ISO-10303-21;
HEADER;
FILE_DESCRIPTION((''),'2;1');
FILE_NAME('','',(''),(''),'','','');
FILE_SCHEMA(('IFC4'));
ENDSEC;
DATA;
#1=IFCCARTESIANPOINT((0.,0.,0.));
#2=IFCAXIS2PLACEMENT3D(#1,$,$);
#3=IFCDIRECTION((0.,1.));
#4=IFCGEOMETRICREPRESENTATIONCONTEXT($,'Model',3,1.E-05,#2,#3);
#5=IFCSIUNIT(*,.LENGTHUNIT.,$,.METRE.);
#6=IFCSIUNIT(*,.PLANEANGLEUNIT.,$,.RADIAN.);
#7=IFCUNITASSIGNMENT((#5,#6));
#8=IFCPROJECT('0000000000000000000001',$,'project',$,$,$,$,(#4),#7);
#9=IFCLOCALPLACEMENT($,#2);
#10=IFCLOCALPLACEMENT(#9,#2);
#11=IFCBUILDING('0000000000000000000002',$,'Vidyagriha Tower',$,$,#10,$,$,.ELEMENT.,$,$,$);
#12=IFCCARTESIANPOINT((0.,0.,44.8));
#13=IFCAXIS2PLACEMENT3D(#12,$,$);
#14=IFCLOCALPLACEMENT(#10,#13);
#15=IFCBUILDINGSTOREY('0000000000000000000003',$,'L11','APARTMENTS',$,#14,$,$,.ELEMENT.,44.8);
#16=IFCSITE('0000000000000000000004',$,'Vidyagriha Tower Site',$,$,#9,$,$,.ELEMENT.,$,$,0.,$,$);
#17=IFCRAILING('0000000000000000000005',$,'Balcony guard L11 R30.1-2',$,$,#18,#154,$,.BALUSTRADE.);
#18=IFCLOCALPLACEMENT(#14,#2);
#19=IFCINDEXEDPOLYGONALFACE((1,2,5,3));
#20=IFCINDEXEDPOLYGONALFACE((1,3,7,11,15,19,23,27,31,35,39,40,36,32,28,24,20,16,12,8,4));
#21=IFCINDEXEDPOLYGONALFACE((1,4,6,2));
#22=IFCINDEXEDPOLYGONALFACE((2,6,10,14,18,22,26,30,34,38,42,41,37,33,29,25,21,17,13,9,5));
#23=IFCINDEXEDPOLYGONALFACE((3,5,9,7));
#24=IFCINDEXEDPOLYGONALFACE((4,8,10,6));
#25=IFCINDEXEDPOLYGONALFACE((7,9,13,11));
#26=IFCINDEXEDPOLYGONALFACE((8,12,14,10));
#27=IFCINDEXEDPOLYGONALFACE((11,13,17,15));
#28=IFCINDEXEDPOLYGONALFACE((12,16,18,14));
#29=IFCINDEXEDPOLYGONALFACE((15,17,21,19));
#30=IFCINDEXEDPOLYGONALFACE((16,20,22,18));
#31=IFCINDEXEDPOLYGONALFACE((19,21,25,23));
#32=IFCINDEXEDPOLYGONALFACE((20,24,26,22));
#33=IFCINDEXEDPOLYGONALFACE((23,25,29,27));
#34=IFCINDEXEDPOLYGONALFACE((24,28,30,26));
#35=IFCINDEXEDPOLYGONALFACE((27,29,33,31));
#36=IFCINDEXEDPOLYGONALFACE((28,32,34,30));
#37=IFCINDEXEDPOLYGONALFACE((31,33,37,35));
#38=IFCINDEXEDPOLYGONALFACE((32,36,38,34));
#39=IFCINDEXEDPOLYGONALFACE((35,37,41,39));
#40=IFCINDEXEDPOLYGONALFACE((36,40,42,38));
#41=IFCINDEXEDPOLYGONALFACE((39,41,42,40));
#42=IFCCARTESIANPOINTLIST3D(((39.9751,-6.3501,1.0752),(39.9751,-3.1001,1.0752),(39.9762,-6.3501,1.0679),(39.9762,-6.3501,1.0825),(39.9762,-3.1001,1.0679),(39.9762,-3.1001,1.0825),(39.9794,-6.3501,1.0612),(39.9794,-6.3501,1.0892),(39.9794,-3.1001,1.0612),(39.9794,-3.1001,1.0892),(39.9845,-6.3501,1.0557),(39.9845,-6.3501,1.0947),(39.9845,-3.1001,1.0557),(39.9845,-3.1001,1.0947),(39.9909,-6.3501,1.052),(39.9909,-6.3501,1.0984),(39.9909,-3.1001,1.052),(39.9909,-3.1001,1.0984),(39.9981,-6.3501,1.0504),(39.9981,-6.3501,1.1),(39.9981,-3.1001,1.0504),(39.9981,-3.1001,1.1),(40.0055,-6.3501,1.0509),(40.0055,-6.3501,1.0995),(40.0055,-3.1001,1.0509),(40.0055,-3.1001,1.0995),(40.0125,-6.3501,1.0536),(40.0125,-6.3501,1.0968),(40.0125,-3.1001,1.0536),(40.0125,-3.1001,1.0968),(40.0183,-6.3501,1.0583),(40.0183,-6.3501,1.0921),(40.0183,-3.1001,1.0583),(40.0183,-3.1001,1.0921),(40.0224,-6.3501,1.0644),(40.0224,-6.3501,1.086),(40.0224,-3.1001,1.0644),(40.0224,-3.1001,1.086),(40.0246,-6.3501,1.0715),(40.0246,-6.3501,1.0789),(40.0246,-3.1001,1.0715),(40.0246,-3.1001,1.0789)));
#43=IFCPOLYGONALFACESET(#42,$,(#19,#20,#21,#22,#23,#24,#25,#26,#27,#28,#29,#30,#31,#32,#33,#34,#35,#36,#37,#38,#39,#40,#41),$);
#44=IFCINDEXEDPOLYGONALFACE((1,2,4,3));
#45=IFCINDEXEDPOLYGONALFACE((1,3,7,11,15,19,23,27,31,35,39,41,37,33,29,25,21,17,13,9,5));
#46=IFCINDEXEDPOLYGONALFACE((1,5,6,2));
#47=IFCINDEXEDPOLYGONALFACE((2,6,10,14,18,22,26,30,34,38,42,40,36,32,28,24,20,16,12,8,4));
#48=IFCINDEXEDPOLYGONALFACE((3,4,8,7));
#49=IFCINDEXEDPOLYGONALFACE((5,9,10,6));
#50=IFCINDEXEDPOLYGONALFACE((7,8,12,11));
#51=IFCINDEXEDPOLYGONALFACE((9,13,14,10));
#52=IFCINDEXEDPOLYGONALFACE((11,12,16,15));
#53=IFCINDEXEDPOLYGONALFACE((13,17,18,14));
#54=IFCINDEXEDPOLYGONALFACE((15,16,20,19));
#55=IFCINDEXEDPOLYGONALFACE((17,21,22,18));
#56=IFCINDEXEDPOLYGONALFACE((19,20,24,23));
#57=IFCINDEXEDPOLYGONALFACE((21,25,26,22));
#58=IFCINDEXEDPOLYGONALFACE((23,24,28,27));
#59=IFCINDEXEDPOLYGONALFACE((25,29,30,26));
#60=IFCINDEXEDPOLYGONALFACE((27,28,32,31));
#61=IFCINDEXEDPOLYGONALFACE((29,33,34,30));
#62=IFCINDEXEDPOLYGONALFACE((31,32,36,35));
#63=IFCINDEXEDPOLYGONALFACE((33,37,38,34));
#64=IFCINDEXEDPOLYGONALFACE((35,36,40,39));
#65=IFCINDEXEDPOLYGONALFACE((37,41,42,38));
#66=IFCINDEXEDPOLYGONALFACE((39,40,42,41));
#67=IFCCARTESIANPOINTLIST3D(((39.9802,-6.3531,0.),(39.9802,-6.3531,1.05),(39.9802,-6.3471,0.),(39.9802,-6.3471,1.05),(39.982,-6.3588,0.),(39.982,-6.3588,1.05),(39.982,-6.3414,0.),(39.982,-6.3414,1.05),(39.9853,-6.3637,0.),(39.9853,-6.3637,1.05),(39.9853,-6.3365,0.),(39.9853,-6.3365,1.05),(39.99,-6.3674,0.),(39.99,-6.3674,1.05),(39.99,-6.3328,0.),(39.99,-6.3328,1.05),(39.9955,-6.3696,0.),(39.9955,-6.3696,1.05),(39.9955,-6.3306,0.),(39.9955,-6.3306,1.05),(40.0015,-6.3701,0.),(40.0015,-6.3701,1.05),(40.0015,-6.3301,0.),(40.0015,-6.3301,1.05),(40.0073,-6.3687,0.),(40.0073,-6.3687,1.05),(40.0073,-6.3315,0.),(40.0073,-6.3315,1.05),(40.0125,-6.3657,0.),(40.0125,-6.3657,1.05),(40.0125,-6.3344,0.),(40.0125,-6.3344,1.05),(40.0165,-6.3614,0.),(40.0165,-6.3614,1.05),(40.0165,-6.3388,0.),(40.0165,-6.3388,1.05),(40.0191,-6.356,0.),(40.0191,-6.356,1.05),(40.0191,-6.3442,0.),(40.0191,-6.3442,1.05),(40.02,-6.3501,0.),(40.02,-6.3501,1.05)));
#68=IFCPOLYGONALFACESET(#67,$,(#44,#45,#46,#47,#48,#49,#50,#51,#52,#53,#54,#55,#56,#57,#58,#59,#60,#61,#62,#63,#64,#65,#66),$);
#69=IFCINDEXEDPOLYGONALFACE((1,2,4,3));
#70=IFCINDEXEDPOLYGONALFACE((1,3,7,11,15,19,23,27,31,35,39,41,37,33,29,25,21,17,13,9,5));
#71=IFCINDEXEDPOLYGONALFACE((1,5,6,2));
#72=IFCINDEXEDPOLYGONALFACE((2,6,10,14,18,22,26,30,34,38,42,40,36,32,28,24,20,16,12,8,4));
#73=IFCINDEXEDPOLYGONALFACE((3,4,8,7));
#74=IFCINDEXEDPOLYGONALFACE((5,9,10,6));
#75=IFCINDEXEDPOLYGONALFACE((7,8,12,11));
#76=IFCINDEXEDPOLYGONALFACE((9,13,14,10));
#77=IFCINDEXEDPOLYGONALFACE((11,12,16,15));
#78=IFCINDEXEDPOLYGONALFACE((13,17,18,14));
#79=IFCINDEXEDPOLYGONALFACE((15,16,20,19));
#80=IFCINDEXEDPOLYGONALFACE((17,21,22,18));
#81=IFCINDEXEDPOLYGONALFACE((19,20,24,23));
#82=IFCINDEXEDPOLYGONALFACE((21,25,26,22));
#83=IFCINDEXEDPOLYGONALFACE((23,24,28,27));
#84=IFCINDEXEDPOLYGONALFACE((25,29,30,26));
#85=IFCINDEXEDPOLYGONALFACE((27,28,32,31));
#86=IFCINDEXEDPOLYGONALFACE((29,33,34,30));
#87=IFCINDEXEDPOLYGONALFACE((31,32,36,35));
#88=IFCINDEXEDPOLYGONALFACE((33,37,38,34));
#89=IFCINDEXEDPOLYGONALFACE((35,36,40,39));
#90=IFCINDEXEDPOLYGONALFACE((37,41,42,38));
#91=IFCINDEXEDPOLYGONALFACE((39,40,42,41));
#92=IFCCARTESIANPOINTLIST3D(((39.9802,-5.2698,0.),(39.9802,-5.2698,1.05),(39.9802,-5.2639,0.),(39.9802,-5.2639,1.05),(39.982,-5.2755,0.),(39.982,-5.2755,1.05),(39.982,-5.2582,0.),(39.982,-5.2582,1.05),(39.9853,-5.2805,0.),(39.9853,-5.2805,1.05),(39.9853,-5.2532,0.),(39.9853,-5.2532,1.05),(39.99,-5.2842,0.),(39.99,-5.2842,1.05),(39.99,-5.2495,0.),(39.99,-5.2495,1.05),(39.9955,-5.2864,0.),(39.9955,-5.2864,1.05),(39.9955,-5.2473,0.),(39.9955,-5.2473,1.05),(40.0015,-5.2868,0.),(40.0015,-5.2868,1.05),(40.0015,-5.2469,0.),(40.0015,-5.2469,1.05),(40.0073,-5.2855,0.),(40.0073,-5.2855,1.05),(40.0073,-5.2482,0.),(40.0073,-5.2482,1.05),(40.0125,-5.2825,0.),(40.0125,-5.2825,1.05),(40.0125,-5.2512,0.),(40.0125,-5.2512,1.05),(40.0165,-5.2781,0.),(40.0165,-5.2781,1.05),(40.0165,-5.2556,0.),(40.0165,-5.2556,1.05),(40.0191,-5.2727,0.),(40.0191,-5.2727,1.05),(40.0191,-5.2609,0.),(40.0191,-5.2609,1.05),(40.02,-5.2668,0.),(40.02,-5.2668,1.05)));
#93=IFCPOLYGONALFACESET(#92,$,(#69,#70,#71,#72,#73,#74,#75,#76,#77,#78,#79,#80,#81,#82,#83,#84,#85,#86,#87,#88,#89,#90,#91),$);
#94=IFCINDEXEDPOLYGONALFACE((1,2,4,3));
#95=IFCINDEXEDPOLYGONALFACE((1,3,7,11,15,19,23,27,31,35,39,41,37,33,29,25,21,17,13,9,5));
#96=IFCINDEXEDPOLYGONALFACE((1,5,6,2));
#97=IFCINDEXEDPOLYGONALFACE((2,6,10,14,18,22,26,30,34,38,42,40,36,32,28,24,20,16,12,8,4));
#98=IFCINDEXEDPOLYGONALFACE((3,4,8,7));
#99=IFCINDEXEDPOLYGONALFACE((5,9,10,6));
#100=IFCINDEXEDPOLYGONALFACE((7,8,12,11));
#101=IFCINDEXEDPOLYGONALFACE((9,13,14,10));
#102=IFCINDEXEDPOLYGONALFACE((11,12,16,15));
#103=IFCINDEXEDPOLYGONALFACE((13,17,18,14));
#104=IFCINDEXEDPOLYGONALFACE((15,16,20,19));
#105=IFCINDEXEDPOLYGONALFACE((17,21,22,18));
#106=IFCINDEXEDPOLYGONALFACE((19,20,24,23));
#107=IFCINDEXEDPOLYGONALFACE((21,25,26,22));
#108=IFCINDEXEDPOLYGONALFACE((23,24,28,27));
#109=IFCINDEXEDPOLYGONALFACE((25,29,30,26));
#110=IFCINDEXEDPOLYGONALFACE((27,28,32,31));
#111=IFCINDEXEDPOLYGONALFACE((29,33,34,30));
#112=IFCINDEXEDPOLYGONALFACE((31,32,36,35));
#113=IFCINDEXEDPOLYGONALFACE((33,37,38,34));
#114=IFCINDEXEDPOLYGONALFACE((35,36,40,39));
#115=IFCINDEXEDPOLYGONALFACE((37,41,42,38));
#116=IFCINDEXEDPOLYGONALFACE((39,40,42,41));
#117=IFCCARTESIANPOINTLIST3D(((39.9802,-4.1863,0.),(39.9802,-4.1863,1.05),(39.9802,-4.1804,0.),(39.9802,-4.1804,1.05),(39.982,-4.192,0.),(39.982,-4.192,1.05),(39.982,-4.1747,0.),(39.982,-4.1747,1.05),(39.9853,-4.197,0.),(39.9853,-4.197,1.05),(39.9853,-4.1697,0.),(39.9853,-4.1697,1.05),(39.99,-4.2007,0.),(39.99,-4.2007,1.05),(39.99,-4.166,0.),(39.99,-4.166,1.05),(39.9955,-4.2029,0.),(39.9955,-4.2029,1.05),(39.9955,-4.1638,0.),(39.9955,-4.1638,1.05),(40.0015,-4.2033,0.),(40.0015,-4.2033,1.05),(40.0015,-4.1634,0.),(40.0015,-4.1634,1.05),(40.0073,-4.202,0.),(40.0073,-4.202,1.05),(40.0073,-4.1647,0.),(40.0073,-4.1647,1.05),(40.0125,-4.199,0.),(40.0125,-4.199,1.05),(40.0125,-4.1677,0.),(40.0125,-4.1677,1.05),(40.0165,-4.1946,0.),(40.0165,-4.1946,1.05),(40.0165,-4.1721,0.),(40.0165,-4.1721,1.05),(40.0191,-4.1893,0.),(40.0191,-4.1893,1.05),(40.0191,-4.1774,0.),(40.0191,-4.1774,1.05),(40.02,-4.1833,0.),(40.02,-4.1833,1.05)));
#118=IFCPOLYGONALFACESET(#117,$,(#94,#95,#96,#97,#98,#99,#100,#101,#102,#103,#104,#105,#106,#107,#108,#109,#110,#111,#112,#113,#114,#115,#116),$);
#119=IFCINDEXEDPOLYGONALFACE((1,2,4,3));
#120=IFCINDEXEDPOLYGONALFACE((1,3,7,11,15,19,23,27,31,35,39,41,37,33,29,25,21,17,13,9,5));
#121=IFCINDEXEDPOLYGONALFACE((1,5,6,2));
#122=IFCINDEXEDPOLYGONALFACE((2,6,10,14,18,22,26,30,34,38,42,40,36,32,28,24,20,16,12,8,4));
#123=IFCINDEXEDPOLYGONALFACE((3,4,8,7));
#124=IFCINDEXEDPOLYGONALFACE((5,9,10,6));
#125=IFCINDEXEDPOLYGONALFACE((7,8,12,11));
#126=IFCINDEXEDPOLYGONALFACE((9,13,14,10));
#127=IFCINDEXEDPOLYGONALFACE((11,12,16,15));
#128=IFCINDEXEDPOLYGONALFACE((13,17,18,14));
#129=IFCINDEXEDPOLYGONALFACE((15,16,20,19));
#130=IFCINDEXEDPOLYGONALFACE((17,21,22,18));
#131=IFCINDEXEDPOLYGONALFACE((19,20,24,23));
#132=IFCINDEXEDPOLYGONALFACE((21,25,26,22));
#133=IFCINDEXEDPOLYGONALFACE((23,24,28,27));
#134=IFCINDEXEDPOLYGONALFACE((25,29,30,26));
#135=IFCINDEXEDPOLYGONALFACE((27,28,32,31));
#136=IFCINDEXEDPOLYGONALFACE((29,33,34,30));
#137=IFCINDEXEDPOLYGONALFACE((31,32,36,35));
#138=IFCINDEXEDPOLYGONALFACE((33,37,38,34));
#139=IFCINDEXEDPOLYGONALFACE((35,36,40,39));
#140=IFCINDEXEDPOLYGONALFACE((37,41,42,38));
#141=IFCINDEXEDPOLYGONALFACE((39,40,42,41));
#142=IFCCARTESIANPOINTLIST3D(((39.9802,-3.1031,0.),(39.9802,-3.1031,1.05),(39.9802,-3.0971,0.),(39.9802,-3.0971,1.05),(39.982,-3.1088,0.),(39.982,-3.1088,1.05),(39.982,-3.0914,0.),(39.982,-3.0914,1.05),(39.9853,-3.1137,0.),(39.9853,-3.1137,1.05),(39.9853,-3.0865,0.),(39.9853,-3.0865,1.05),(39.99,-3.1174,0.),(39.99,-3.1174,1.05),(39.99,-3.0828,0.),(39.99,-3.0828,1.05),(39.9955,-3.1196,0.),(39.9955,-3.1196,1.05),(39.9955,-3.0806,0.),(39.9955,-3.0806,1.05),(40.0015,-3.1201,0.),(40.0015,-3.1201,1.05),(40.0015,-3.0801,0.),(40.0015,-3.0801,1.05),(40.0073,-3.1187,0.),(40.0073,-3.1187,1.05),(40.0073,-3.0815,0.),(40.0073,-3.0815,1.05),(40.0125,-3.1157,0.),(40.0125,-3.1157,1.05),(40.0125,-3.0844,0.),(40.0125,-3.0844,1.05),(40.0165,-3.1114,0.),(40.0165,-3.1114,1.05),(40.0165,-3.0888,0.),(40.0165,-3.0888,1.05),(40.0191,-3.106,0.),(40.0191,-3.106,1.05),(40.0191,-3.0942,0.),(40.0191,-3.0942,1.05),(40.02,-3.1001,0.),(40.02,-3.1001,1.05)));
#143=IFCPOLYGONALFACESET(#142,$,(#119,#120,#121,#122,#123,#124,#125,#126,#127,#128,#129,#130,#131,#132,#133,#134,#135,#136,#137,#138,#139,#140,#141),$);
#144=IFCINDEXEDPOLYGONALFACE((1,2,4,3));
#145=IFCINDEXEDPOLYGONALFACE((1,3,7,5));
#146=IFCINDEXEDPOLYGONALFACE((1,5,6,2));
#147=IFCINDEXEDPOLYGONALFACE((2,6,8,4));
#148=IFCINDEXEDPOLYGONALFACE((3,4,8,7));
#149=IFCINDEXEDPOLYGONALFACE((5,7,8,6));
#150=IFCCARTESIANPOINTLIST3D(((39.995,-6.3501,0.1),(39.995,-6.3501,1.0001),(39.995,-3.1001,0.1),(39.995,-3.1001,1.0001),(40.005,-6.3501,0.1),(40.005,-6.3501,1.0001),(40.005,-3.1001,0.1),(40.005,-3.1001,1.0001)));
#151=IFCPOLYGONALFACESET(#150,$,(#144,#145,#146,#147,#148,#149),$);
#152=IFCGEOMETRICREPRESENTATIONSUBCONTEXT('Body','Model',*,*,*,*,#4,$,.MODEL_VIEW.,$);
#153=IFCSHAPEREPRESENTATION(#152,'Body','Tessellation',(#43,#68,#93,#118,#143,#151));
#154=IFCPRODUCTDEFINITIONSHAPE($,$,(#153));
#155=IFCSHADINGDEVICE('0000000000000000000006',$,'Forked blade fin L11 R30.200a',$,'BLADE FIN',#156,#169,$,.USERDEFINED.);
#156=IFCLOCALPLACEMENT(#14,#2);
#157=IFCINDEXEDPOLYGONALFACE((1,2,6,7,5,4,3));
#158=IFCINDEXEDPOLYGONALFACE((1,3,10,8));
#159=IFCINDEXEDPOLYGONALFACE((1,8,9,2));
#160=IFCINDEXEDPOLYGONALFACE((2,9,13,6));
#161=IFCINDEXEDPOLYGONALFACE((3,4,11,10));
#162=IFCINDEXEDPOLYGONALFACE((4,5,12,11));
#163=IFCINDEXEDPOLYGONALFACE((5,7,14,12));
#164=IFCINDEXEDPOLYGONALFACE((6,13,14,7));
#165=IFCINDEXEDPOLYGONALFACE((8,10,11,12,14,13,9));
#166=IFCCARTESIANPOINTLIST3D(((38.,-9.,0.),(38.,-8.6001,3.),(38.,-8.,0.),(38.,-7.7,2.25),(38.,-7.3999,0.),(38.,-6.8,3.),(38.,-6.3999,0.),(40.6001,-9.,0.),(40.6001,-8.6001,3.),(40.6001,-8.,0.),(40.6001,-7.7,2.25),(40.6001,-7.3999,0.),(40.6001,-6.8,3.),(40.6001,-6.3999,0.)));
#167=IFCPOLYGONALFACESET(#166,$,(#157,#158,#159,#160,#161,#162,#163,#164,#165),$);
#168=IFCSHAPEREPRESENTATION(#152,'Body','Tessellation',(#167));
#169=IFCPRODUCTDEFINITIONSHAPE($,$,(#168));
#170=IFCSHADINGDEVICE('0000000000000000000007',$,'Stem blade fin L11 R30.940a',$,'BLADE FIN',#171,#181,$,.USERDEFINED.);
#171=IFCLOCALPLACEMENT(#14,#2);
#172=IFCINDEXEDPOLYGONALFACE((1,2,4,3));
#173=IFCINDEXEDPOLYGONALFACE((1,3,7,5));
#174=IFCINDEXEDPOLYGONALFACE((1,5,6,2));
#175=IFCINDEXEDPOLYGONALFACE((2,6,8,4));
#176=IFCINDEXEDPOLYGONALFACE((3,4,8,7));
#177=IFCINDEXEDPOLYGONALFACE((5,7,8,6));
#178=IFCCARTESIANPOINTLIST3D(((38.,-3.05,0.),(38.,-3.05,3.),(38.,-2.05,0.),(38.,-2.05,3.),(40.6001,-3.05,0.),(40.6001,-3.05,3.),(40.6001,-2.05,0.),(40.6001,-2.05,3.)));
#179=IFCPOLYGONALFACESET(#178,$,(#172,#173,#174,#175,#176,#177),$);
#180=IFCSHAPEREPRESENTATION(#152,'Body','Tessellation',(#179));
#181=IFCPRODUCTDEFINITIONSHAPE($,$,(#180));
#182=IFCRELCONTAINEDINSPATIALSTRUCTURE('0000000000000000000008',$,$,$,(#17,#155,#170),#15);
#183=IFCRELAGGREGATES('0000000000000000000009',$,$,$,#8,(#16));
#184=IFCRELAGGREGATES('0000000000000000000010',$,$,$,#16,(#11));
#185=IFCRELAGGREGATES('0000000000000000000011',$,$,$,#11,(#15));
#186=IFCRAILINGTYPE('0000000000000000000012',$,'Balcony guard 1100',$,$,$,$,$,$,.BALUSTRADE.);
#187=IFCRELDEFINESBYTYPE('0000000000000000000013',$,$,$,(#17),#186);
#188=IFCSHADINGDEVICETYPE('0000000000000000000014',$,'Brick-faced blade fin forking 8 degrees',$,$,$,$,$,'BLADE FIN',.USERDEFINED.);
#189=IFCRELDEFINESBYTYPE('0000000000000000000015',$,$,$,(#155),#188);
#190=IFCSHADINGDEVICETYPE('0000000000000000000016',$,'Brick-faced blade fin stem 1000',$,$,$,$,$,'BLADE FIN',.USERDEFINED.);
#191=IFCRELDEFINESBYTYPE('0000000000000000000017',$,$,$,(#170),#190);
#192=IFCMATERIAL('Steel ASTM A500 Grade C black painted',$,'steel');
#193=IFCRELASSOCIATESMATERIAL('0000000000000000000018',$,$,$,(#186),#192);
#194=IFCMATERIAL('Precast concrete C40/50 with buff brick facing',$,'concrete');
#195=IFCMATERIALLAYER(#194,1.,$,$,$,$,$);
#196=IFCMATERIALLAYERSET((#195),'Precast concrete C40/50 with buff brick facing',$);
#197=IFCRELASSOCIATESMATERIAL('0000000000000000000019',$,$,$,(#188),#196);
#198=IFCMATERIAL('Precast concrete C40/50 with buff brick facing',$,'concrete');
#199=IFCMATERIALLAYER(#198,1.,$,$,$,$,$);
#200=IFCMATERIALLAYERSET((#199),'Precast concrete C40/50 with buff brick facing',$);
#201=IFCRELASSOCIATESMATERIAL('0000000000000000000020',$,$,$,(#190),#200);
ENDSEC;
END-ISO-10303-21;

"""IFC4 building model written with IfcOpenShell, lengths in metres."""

from ifc_helpers import new_model, si_unit, direction, frame, origin, origin_2d, place, context, subcontext, project, spatial, polyline, rectangle, circle, outline, extrude, material, layer, layer_set, type_object, element, save


model = new_model("IFC4")

# Units and contexts
model_context = context("Model", 3, precision=1e-05, world=origin(), true_north=direction((0.0, 1.0)))
body_context = subcontext(model_context, "Body", "Model", "MODEL_VIEW")
ifc_project = project(units=[si_unit("LENGTHUNIT", "METRE"), si_unit("PLANEANGLEUNIT", "RADIAN")], contexts=[model_context])

# Site, building, storey
site_placement = place(None, origin())
site = spatial("IfcSite", under=ifc_project, at=site_placement, Name="Vidyagriha Tower Site", CompositionType="ELEMENT", RefElevation=0.0)
building_placement = place(site_placement, origin())
building = spatial("IfcBuilding", under=site, at=building_placement, Name="Vidyagriha Tower", CompositionType="ELEMENT")
storey_placement = place(building_placement, frame((0.0, 0.0, 44.8)))
storey = spatial("IfcBuildingStorey", under=building, at=storey_placement, Name="L11", Description="APARTMENTS", CompositionType="ELEMENT", Elevation=44.8)

# Railing
ifc_material_1 = material(Name="Steel ASTM A500 Grade C black painted", Category="steel")
railing_type = type_object("IfcRailingType", Name="Balcony guard 1100", PredefinedType="BALUSTRADE", material=ifc_material_1)
railing_1_placement = place(storey_placement, frame((40.0, -6.3501, 0.0)))
element("IfcRailing", 1, at=railing_1_placement, inside=storey, type_object=railing_type, Name="Balcony guard L11 R30.1-2", PredefinedType="BALUSTRADE", context=body_context, shape_type="SweptSolid", body=[
    extrude(circle(Radius=0.0249, at=origin_2d()), frame((0.0, 0.0, 1.0752), z_axis=(0.0, 1.0, 0.0), x_axis=(-1.0, 0.0, 0.0)), (0.0, 0.0, 1.0), 3.25),
    extrude(circle(Radius=0.02, at=origin_2d()), origin(), (0.0, 0.0, 1.0), 1.05),
    extrude(circle(Radius=0.02, at=origin_2d()), frame((0.0, 1.0833, 0.0)), (0.0, 0.0, 1.0), 1.05),
    extrude(circle(Radius=0.02, at=origin_2d()), frame((0.0, 2.1667, 0.0)), (0.0, 0.0, 1.0), 1.05),
    extrude(circle(Radius=0.02, at=origin_2d()), frame((0.0, 3.25, 0.0)), (0.0, 0.0, 1.0), 1.05),
    extrude(rectangle(XDim=0.01, YDim=0.9001, at=origin_2d()), frame((0.0, 0.0, 0.55), z_axis=(0.0, 1.0, 0.0), x_axis=(-1.0, 0.0, 0.0)), (0.0, 0.0, 1.0), 3.25),
])

# Shading devices
ifc_material_2 = material(Name="Precast concrete C40/50 with buff brick facing", Category="concrete")
ifc_layer_1 = layer(ifc_material_2, 1.0)
ifc_layer_set_1 = layer_set([ifc_layer_1], Name="Precast concrete C40/50 with buff brick facing")
shading_device_type_1 = type_object("IfcShadingDeviceType", Name="Brick-faced blade fin forking 8 degrees", ElementType="BLADE FIN", PredefinedType="USERDEFINED", material=ifc_layer_set_1)
shading_device_1_placement = place(storey_placement, frame((39.3, -9.0, 0.0), z_axis=(0.0, 0.0, 1.0), x_axis=(0.0, 1.0, 0.0)))
element("IfcShadingDevice", 2, at=shading_device_1_placement, inside=storey, type_object=shading_device_type_1, Name="Forked blade fin L11 R30.200a", ObjectType="BLADE FIN", PredefinedType="USERDEFINED", context=body_context, shape_type="SweptSolid", body=[
    extrude(outline(polyline([(1.0, 0.0), (1.3, 2.25), (1.6001, 0.0), (2.6001, 0.0), (2.2, 3.0), (0.3999, 3.0), (0.0, 0.0), (1.0, 0.0)])), frame((0.0, 1.3, 0.0), z_axis=(0.0, -1.0, 0.0), x_axis=(1.0, 0.0, 0.0)), (0.0, 0.0, 1.0), 2.6001),
])
ifc_material_3 = material(Name="Precast concrete C40/50 with buff brick facing", Category="concrete")
ifc_layer_2 = layer(ifc_material_3, 1.0)
ifc_layer_set_2 = layer_set([ifc_layer_2], Name="Precast concrete C40/50 with buff brick facing")
shading_device_type_2 = type_object("IfcShadingDeviceType", Name="Brick-faced blade fin stem 1000", ElementType="BLADE FIN", PredefinedType="USERDEFINED", material=ifc_layer_set_2)
shading_device_2_placement = place(storey_placement, frame((39.3, -3.05, 0.0), z_axis=(0.0, 0.0, 1.0), x_axis=(0.0, 1.0, 0.0)))
element("IfcShadingDevice", 3, at=shading_device_2_placement, inside=storey, type_object=shading_device_type_2, Name="Stem blade fin L11 R30.940a", ObjectType="BLADE FIN", PredefinedType="USERDEFINED", context=body_context, shape_type="SweptSolid", body=[
    extrude(outline(polyline([(0.0, 0.0), (1.0, 0.0), (1.0, 3.0), (0.0, 3.0), (0.0, 0.0)])), frame((0.0, 1.3, 0.0), z_axis=(0.0, -1.0, 0.0), x_axis=(1.0, 0.0, 0.0)), (0.0, 0.0, 1.0), 2.6001),
])

save(model, "model.ifc")
